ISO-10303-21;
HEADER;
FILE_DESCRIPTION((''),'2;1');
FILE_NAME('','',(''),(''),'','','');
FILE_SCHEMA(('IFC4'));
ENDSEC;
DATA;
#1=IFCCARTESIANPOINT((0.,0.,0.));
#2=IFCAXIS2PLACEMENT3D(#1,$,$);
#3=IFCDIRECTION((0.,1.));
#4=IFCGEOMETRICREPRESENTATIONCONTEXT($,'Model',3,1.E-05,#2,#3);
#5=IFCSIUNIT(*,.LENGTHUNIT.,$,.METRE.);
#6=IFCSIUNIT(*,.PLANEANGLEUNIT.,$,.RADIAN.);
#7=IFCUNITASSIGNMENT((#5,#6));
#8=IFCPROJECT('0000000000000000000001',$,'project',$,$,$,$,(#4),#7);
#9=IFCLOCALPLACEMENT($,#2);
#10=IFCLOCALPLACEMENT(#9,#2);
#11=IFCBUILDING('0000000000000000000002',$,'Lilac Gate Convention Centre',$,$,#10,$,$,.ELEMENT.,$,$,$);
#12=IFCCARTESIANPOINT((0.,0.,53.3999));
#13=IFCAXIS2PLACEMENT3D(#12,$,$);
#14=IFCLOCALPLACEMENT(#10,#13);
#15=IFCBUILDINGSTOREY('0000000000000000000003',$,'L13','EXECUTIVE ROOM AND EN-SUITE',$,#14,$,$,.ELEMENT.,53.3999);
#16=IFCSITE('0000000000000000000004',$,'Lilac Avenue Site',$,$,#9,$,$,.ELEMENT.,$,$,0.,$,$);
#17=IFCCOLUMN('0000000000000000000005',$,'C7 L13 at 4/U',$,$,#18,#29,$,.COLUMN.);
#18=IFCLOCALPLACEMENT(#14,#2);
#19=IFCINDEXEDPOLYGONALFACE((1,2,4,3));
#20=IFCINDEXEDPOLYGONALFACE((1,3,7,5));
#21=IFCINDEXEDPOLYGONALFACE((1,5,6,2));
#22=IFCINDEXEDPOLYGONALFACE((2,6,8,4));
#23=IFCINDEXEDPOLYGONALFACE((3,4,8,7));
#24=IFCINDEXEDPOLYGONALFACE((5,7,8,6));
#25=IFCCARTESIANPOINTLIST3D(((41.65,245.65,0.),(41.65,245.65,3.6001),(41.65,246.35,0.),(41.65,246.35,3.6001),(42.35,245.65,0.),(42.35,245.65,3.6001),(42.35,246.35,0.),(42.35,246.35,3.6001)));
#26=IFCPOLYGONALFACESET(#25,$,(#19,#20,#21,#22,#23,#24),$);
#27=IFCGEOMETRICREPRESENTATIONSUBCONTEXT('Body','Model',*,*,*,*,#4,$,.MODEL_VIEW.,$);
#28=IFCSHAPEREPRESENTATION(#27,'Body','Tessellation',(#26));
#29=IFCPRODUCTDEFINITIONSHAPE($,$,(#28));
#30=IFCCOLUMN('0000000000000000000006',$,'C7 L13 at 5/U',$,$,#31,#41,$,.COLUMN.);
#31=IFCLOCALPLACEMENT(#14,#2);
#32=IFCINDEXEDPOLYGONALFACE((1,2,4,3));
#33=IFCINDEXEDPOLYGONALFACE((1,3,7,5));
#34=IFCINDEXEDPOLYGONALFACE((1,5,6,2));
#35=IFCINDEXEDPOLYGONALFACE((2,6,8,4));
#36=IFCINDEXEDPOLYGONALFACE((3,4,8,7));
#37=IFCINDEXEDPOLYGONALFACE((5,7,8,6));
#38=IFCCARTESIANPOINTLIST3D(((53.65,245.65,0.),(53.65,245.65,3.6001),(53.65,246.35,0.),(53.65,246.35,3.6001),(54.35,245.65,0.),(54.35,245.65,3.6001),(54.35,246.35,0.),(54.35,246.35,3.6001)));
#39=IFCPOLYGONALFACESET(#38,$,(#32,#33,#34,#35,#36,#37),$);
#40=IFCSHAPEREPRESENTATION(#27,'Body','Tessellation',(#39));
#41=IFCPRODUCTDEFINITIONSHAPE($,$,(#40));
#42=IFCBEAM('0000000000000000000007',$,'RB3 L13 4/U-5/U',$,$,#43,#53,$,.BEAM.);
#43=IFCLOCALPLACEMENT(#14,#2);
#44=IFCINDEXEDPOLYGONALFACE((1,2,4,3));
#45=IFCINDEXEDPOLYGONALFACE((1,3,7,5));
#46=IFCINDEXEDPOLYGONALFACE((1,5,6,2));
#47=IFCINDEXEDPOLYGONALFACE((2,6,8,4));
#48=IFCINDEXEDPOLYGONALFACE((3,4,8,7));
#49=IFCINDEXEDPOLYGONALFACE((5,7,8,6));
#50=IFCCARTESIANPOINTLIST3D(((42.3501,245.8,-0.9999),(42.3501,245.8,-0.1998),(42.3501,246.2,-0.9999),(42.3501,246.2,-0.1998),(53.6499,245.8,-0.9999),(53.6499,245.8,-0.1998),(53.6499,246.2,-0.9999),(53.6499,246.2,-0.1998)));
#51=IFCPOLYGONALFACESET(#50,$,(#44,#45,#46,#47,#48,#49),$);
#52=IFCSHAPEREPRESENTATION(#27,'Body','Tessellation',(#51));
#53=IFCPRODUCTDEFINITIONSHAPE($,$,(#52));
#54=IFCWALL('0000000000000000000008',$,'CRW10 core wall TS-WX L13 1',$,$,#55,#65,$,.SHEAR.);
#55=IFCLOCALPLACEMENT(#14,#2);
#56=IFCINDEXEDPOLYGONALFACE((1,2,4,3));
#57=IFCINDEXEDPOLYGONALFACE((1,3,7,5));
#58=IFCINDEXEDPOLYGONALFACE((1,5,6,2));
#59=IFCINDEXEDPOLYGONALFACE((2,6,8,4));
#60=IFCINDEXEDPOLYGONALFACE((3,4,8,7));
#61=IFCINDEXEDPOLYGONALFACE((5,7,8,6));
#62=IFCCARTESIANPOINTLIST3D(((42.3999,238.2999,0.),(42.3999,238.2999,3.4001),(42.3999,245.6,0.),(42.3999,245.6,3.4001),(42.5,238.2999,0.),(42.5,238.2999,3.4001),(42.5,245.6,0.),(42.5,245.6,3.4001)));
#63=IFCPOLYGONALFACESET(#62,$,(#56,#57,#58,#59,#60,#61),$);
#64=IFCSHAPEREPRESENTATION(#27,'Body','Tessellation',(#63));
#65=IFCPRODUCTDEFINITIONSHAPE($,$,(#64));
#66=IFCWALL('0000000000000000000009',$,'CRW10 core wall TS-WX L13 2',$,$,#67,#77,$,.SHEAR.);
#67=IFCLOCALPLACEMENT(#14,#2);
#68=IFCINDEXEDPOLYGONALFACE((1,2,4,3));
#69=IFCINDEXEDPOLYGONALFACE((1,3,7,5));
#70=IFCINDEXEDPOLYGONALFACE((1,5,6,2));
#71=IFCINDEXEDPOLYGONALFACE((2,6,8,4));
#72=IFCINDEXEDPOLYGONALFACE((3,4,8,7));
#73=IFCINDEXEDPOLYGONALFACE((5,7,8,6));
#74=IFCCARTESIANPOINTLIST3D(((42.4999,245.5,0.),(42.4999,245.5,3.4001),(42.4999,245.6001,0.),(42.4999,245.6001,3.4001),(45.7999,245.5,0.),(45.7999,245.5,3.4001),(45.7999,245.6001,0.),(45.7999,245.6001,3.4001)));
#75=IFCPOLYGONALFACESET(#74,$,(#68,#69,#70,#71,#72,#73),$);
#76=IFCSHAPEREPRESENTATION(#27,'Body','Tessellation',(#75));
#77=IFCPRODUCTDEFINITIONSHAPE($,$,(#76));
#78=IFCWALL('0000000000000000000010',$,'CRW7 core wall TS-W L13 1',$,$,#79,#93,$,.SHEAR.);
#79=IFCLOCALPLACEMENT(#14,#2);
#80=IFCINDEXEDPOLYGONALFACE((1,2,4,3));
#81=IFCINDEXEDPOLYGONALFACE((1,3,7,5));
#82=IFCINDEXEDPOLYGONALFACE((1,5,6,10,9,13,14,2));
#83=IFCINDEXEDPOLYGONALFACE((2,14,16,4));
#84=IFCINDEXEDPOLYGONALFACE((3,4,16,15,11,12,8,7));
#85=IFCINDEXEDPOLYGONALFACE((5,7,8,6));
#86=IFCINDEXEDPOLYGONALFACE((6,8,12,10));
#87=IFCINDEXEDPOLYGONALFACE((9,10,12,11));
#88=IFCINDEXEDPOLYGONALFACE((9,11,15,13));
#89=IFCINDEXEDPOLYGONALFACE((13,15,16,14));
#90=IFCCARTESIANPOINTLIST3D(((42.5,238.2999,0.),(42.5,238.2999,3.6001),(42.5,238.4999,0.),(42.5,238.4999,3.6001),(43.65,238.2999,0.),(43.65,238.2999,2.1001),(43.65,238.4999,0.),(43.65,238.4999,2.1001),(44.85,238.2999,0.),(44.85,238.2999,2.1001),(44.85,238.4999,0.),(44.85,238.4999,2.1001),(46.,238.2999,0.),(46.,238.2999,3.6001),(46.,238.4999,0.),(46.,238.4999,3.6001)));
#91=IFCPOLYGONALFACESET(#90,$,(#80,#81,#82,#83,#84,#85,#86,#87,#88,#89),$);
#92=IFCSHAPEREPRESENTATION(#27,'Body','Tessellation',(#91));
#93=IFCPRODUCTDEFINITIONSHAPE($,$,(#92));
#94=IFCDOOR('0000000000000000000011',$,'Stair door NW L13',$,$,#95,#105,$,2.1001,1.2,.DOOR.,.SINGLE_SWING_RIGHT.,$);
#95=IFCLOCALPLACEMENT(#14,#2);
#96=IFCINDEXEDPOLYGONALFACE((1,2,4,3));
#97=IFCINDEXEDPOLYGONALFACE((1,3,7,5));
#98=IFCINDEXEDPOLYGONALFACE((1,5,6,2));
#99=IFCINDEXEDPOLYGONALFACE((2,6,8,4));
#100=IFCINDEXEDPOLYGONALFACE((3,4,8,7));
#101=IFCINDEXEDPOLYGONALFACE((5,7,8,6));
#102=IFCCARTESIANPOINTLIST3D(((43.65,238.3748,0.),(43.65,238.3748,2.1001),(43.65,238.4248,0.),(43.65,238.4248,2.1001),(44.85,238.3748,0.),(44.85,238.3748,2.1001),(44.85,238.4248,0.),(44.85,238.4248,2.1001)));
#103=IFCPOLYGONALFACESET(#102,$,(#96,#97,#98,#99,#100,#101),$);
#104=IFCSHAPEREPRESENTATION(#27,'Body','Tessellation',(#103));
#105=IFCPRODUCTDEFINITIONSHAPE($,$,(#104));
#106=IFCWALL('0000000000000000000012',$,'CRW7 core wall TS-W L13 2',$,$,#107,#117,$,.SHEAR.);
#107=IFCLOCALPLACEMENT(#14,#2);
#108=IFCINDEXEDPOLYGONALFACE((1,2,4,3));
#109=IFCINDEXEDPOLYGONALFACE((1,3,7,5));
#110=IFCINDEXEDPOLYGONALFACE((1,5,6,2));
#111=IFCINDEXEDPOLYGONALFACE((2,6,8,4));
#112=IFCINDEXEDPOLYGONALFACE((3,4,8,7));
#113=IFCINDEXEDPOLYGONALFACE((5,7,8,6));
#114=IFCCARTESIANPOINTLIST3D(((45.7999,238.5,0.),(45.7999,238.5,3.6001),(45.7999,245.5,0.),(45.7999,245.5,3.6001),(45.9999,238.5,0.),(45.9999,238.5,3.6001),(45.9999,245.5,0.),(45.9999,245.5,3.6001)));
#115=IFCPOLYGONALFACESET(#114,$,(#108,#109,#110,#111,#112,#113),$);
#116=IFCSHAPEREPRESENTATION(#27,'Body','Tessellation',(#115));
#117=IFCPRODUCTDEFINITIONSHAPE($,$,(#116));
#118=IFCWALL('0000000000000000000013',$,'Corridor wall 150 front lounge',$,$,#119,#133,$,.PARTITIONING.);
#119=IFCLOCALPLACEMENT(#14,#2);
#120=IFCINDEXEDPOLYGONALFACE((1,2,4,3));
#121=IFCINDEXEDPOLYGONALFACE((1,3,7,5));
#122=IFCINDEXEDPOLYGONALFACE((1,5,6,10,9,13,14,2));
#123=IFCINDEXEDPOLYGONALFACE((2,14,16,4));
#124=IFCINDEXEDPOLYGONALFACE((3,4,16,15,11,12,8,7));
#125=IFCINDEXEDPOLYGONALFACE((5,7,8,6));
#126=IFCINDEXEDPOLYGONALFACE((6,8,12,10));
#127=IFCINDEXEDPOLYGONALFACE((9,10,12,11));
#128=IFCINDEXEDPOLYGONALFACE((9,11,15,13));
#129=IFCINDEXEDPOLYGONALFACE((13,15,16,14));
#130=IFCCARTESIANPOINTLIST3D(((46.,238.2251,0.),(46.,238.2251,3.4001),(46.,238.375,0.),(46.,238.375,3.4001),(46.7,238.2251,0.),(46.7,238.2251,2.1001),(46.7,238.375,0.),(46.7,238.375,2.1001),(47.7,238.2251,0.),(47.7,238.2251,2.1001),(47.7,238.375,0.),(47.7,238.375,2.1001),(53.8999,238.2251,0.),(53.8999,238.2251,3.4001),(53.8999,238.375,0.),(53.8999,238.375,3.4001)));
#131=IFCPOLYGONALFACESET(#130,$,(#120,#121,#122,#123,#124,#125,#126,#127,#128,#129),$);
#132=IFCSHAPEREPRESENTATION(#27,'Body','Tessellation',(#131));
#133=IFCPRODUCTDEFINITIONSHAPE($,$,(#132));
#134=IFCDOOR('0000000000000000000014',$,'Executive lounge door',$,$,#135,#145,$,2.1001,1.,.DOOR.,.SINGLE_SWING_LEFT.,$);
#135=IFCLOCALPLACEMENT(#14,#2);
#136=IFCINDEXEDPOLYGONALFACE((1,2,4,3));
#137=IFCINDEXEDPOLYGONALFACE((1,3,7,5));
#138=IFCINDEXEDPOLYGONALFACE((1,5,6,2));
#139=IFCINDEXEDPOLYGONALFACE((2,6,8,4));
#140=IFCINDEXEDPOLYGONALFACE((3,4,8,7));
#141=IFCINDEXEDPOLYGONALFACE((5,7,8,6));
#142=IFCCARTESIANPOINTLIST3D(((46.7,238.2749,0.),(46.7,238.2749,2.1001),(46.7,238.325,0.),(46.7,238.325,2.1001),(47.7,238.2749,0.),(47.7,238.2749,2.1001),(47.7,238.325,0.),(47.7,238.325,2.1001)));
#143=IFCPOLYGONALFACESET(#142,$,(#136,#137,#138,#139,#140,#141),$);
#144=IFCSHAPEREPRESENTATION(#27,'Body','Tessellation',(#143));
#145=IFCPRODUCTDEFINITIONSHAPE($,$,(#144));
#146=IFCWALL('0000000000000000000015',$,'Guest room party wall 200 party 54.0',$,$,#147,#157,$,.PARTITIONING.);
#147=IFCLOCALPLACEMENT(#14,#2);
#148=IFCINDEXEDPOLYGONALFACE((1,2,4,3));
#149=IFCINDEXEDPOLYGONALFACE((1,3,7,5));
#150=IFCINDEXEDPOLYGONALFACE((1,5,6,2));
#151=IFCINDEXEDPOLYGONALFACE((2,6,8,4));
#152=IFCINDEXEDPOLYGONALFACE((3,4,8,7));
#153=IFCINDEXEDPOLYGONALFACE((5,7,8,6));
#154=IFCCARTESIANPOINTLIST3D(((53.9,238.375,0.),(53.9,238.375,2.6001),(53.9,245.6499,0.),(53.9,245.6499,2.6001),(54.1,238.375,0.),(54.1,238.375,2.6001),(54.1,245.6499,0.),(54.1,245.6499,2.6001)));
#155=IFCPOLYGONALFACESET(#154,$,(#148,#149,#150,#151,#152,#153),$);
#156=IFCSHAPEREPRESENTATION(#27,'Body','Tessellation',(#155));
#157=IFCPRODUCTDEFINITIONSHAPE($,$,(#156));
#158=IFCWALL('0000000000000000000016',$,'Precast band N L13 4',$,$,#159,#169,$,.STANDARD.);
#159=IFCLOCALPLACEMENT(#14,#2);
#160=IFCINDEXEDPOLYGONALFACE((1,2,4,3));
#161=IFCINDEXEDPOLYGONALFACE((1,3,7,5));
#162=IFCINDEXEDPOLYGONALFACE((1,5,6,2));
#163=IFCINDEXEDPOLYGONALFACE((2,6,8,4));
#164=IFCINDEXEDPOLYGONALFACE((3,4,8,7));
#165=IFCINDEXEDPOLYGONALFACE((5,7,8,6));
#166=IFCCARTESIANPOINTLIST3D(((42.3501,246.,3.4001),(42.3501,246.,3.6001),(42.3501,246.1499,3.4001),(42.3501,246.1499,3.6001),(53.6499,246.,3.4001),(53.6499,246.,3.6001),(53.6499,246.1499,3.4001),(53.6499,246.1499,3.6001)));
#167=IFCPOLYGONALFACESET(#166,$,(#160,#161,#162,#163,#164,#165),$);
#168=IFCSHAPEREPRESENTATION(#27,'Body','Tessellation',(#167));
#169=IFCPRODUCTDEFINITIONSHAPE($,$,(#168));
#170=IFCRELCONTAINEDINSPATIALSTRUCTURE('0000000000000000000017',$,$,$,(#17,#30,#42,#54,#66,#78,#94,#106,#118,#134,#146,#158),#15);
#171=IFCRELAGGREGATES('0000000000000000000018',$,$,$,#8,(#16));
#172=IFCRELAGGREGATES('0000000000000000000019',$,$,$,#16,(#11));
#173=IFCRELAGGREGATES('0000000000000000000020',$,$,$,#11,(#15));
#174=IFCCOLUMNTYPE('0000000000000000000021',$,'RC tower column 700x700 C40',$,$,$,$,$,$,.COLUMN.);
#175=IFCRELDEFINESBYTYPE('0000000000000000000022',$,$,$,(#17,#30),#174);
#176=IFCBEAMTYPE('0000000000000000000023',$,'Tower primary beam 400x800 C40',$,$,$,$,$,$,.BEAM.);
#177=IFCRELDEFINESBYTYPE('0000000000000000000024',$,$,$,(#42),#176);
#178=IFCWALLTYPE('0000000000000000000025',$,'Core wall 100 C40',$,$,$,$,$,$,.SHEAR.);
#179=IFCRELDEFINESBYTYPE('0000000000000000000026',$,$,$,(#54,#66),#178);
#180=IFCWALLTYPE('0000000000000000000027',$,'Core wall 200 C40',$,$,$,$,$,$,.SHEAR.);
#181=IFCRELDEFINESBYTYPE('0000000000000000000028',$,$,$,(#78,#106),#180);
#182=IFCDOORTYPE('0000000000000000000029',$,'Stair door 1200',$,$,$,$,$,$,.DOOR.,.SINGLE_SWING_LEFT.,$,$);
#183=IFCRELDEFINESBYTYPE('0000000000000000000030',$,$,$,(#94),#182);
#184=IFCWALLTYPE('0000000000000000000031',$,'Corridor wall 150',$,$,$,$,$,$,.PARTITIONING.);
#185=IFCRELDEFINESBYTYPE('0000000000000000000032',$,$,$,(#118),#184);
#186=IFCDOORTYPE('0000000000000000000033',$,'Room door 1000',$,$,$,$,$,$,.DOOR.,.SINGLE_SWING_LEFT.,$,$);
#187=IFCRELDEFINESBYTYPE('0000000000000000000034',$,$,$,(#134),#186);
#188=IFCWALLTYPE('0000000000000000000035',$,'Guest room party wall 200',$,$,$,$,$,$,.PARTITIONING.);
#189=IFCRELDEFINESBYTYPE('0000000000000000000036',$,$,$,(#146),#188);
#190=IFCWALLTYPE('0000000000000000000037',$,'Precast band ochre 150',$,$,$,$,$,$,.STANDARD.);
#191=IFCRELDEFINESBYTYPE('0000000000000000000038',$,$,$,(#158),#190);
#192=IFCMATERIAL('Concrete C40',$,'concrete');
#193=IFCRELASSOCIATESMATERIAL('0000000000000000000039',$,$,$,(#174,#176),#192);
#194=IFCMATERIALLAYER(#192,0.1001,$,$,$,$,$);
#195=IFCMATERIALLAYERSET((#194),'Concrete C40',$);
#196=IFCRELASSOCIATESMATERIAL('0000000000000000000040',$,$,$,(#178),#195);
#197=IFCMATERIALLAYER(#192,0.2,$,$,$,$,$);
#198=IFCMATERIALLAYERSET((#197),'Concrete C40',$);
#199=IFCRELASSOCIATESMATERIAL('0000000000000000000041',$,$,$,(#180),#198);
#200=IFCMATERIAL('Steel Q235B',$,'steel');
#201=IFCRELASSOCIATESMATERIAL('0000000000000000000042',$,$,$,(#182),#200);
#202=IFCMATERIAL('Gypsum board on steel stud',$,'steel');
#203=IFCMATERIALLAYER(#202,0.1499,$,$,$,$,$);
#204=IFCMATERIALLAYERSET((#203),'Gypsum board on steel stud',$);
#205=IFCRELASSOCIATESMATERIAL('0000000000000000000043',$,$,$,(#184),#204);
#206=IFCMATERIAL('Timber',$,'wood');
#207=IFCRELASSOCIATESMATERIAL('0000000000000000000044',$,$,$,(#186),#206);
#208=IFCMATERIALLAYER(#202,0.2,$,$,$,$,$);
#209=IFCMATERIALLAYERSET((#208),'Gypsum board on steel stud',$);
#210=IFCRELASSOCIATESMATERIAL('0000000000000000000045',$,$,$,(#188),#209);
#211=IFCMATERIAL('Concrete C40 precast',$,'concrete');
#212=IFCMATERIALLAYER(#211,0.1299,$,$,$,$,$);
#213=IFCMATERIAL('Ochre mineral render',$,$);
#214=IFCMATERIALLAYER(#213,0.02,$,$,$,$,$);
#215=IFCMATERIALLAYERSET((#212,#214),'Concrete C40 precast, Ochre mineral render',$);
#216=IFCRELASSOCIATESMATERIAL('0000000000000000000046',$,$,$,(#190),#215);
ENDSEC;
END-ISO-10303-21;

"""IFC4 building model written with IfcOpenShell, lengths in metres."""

from ifc_helpers import new_model, si_unit, direction, frame, frame_2d, origin, origin_2d, place, context, subcontext, project, spatial, rectangle, extrude, material, layer, layer_set, material_profile, profile_set, type_object, element, fill, save


model = new_model("IFC4")

# Units and contexts
model_context = context("Model", 3, precision=1e-05, world=origin(), true_north=direction((0.0, 1.0)))
body_context = subcontext(model_context, "Body", "Model", "MODEL_VIEW")
ifc_project = project(units=[si_unit("LENGTHUNIT", "METRE"), si_unit("PLANEANGLEUNIT", "RADIAN")], contexts=[model_context])

# Site, building, storey
site_placement = place(None, origin())
site = spatial("IfcSite", under=ifc_project, at=site_placement, Name="Lilac Avenue Site", CompositionType="ELEMENT", RefElevation=0.0)
building_placement = place(site_placement, origin())
building = spatial("IfcBuilding", under=site, at=building_placement, Name="Lilac Gate Convention Centre", CompositionType="ELEMENT")
storey_placement = place(building_placement, frame((0.0, 0.0, 53.3999)))
storey = spatial("IfcBuildingStorey", under=building, at=storey_placement, Name="L13", Description="EXECUTIVE ROOM AND EN-SUITE", CompositionType="ELEMENT", Elevation=53.3999)

# Columns
ifc_material_1 = material(Name="Concrete C40", Category="concrete")
ifc_material_profile_1 = material_profile(ifc_material_1, rectangle(XDim=0.7, YDim=0.7, at=origin_2d()), Name="RC 700x700")
ifc_profile_set_1 = profile_set([ifc_material_profile_1], Name="Concrete C40")
column_type = type_object("IfcColumnType", Name="RC tower column 700x700 C40", PredefinedType="COLUMN", material=ifc_profile_set_1)
for number, where, z_axis, x_axis, name in (
    (1, (42.0, 246.0, 0.0), (0.0, 0.0, 1.0), (1.0, 0.0, 0.0), "C7 L13 at 4/U"),
    (2, (54.0, 246.0, 0.0), (0.0, 0.0, 1.0), (1.0, 0.0, 0.0), "C7 L13 at 5/U"),
):
    element("IfcColumn", number, at=place(storey_placement, frame(where, z_axis=z_axis, x_axis=x_axis)), inside=storey, type_object=column_type, Name=name, PredefinedType="COLUMN", context=body_context, shape_type="SweptSolid", body=[
        extrude(rectangle(XDim=0.7, YDim=0.7, at=origin_2d()), origin(), (0.0, 0.0, 1.0), 3.6001),
    ])

# Beam
ifc_material_profile_2 = material_profile(ifc_material_1, rectangle(XDim=0.3999, YDim=0.8, at=origin_2d()), Name="RC 400x800")
ifc_profile_set_2 = profile_set([ifc_material_profile_2], Name="Concrete C40")
beam_type = type_object("IfcBeamType", Name="Tower primary beam 400x800 C40", PredefinedType="BEAM", material=ifc_profile_set_2)
beam_placement = place(storey_placement, frame((42.3501, 246.0, -0.5999), z_axis=(1.0, 0.0, 0.0), x_axis=(0.0, 1.0, 0.0)))
element("IfcBeam", 3, at=beam_placement, inside=storey, type_object=beam_type, Name="RB3 L13 4/U-5/U", PredefinedType="BEAM", context=body_context, shape_type="SweptSolid", body=[
    extrude(rectangle(XDim=0.3999, YDim=0.8, at=origin_2d()), origin(), (0.0, 0.0, 1.0), 11.2998),
])

# Walls
ifc_layer_1 = layer(ifc_material_1, 0.1001)
ifc_layer_set_1 = layer_set([ifc_layer_1], Name="Concrete C40")
wall_type_1 = type_object("IfcWallType", Name="Core wall 100 C40", PredefinedType="SHEAR", material=ifc_layer_set_1)
wall_1_placement = place(storey_placement, frame((42.45, 238.3, 0.0), z_axis=(0.0, 0.0, 1.0), x_axis=(0.0, 1.0, 0.0)))
element("IfcWall", 4, at=wall_1_placement, inside=storey, type_object=wall_type_1, Name="CRW10 core wall TS-WX L13 1", PredefinedType="SHEAR", context=body_context, shape_type="SweptSolid", body=[
    extrude(rectangle(XDim=7.3, YDim=0.1001, at=frame_2d((3.6499, 0.0))), origin(), (0.0, 0.0, 1.0), 3.4001),
])
wall_2_placement = place(storey_placement, frame((42.5, 245.55, 0.0), z_axis=(0.0, 0.0, 1.0), x_axis=(1.0, 0.0, 0.0)))
element("IfcWall", 5, at=wall_2_placement, inside=storey, type_object=wall_type_1, Name="CRW10 core wall TS-WX L13 2", PredefinedType="SHEAR", context=body_context, shape_type="SweptSolid", body=[
    extrude(rectangle(XDim=3.3, YDim=0.1001, at=frame_2d((1.6499, 0.0))), origin(), (0.0, 0.0, 1.0), 3.4001),
])

# Wall, opening, door
ifc_layer_2 = layer(ifc_material_1, 0.2)
ifc_layer_set_2 = layer_set([ifc_layer_2], Name="Concrete C40")
wall_type_2 = type_object("IfcWallType", Name="Core wall 200 C40", PredefinedType="SHEAR", material=ifc_layer_set_2)
wall_3_placement = place(storey_placement, frame((42.5, 238.3999, 0.0), z_axis=(0.0, 0.0, 1.0), x_axis=(1.0, 0.0, 0.0)))
wall_3 = element("IfcWall", 6, at=wall_3_placement, inside=storey, type_object=wall_type_2, Name="CRW7 core wall TS-W L13 1", PredefinedType="SHEAR", context=body_context, shape_type="SweptSolid", body=[
    extrude(rectangle(XDim=3.5, YDim=0.2, at=frame_2d((1.75, 0.0))), origin(), (0.0, 0.0, 1.0), 3.6001),
])
opening_1_placement = place(wall_3_placement, frame((1.1499, 0.0, 0.0)))
opening_1 = element("IfcOpeningElement", 7, at=opening_1_placement, cuts=wall_3, PredefinedType="OPENING", context=body_context, shape_type="SweptSolid", body=[
    extrude(rectangle(XDim=1.2, YDim=2.1001, at=frame_2d((0.6001, 1.05))), frame((0.0, 0.1099, 0.0), z_axis=(0.0, -1.0, 0.0), x_axis=(1.0, 0.0, 0.0)), (0.0, 0.0, 1.0), 0.22),
])
ifc_material_2 = material(Name="Steel Q235B", Category="steel")
door_type_1 = type_object("IfcDoorType", Name="Stair door 1200", OperationType="SINGLE_SWING_LEFT", PredefinedType="DOOR", material=ifc_material_2)
door_1_placement = place(opening_1_placement, origin())
door_1 = element("IfcDoor", 8, at=door_1_placement, inside=storey, type_object=door_type_1, Name="Stair door NW L13", OperationType="SINGLE_SWING_RIGHT", OverallHeight=2.1001, OverallWidth=1.2, PredefinedType="DOOR", context=body_context, shape_type="SweptSolid", body=[
    extrude(rectangle(XDim=1.2, YDim=2.1001, at=frame_2d((0.6001, 1.05))), frame((0.0, 0.0249, 0.0), z_axis=(0.0, -1.0, 0.0), x_axis=(1.0, 0.0, 0.0)), (0.0, 0.0, 1.0), 0.05),
])
fill(opening_1, door_1)

# Wall
wall_4_placement = place(storey_placement, frame((45.8999, 238.5, 0.0), z_axis=(0.0, 0.0, 1.0), x_axis=(0.0, 1.0, 0.0)))
element("IfcWall", 9, at=wall_4_placement, inside=storey, type_object=wall_type_2, Name="CRW7 core wall TS-W L13 2", PredefinedType="SHEAR", context=body_context, shape_type="SweptSolid", body=[
    extrude(rectangle(XDim=7.0, YDim=0.2, at=frame_2d((3.5, 0.0))), origin(), (0.0, 0.0, 1.0), 3.6001),
])

# Wall, opening, door
ifc_material_3 = material(Name="Gypsum board on steel stud", Category="steel")
ifc_layer_3 = layer(ifc_material_3, 0.1499)
ifc_layer_set_3 = layer_set([ifc_layer_3], Name="Gypsum board on steel stud")
wall_type_3 = type_object("IfcWallType", Name="Corridor wall 150", PredefinedType="PARTITIONING", material=ifc_layer_set_3)
wall_5_placement = place(storey_placement, frame((46.0, 238.3, 0.0), z_axis=(0.0, 0.0, 1.0), x_axis=(1.0, 0.0, 0.0)))
wall_5 = element("IfcWall", 10, at=wall_5_placement, inside=storey, type_object=wall_type_3, Name="Corridor wall 150 front lounge", PredefinedType="PARTITIONING", context=body_context, shape_type="SweptSolid", body=[
    extrude(rectangle(XDim=7.8999, YDim=0.1499, at=frame_2d((3.95, 0.0))), origin(), (0.0, 0.0, 1.0), 3.4001),
])
opening_2_placement = place(wall_5_placement, frame((0.7, 0.0, 0.0)))
opening_2 = element("IfcOpeningElement", 11, at=opening_2_placement, cuts=wall_5, PredefinedType="OPENING", context=body_context, shape_type="SweptSolid", body=[
    extrude(rectangle(XDim=1.0, YDim=2.1001, at=frame_2d((0.5, 1.05))), frame((0.0, 0.085, 0.0), z_axis=(0.0, -1.0, 0.0), x_axis=(1.0, 0.0, 0.0)), (0.0, 0.0, 1.0), 0.1699),
])
ifc_material_4 = material(Name="Timber", Category="wood")
door_type_2 = type_object("IfcDoorType", Name="Room door 1000", OperationType="SINGLE_SWING_LEFT", PredefinedType="DOOR", material=ifc_material_4)
door_2_placement = place(opening_2_placement, origin())
door_2 = element("IfcDoor", 12, at=door_2_placement, inside=storey, type_object=door_type_2, Name="Executive lounge door", OperationType="SINGLE_SWING_LEFT", OverallHeight=2.1001, OverallWidth=1.0, PredefinedType="DOOR", context=body_context, shape_type="SweptSolid", body=[
    extrude(rectangle(XDim=1.0, YDim=2.1001, at=frame_2d((0.5, 1.05))), frame((0.0, 0.0249, 0.0), z_axis=(0.0, -1.0, 0.0), x_axis=(1.0, 0.0, 0.0)), (0.0, 0.0, 1.0), 0.05),
])
fill(opening_2, door_2)

# Walls
ifc_layer_4 = layer(ifc_material_3, 0.2)
ifc_layer_set_4 = layer_set([ifc_layer_4], Name="Gypsum board on steel stud")
wall_type_4 = type_object("IfcWallType", Name="Guest room party wall 200", PredefinedType="PARTITIONING", material=ifc_layer_set_4)
wall_6_placement = place(storey_placement, frame((54.0, 245.6499, 0.0), z_axis=(0.0, 0.0, 1.0), x_axis=(0.0, -1.0, 0.0)))
element("IfcWall", 13, at=wall_6_placement, inside=storey, type_object=wall_type_4, Name="Guest room party wall 200 party 54.0", PredefinedType="PARTITIONING", context=body_context, shape_type="SweptSolid", body=[
    extrude(rectangle(XDim=7.2749, YDim=0.2, at=frame_2d((3.6375, 0.0))), origin(), (0.0, 0.0, 1.0), 2.6001),
])
ifc_material_5 = material(Name="Concrete C40 precast", Category="concrete")
ifc_layer_5 = layer(ifc_material_5, 0.1299)
ifc_material_6 = material(Name="Ochre mineral render")
ifc_layer_6 = layer(ifc_material_6, 0.02)
ifc_layer_set_5 = layer_set([ifc_layer_5, ifc_layer_6], Name="Concrete C40 precast, Ochre mineral render")
wall_type_5 = type_object("IfcWallType", Name="Precast band ochre 150", PredefinedType="STANDARD", material=ifc_layer_set_5)
for number, where, z_axis, x_axis, name in (
    (14, (53.6499, 246.075, 3.4001), (0.0, 0.0, 1.0), (-1.0, 0.0, 0.0), "Precast band N L13 4"),
):
    element("IfcWall", number, at=place(storey_placement, frame(where, z_axis=z_axis, x_axis=x_axis)), inside=storey, type_object=wall_type_5, Name=name, PredefinedType="STANDARD", context=body_context, shape_type="SweptSolid", body=[
        extrude(rectangle(XDim=11.2998, YDim=0.1499, at=frame_2d((5.6499, 0.0))), origin(), (0.0, 0.0, 1.0), 0.2),
    ])

save(model, "model.ifc")
